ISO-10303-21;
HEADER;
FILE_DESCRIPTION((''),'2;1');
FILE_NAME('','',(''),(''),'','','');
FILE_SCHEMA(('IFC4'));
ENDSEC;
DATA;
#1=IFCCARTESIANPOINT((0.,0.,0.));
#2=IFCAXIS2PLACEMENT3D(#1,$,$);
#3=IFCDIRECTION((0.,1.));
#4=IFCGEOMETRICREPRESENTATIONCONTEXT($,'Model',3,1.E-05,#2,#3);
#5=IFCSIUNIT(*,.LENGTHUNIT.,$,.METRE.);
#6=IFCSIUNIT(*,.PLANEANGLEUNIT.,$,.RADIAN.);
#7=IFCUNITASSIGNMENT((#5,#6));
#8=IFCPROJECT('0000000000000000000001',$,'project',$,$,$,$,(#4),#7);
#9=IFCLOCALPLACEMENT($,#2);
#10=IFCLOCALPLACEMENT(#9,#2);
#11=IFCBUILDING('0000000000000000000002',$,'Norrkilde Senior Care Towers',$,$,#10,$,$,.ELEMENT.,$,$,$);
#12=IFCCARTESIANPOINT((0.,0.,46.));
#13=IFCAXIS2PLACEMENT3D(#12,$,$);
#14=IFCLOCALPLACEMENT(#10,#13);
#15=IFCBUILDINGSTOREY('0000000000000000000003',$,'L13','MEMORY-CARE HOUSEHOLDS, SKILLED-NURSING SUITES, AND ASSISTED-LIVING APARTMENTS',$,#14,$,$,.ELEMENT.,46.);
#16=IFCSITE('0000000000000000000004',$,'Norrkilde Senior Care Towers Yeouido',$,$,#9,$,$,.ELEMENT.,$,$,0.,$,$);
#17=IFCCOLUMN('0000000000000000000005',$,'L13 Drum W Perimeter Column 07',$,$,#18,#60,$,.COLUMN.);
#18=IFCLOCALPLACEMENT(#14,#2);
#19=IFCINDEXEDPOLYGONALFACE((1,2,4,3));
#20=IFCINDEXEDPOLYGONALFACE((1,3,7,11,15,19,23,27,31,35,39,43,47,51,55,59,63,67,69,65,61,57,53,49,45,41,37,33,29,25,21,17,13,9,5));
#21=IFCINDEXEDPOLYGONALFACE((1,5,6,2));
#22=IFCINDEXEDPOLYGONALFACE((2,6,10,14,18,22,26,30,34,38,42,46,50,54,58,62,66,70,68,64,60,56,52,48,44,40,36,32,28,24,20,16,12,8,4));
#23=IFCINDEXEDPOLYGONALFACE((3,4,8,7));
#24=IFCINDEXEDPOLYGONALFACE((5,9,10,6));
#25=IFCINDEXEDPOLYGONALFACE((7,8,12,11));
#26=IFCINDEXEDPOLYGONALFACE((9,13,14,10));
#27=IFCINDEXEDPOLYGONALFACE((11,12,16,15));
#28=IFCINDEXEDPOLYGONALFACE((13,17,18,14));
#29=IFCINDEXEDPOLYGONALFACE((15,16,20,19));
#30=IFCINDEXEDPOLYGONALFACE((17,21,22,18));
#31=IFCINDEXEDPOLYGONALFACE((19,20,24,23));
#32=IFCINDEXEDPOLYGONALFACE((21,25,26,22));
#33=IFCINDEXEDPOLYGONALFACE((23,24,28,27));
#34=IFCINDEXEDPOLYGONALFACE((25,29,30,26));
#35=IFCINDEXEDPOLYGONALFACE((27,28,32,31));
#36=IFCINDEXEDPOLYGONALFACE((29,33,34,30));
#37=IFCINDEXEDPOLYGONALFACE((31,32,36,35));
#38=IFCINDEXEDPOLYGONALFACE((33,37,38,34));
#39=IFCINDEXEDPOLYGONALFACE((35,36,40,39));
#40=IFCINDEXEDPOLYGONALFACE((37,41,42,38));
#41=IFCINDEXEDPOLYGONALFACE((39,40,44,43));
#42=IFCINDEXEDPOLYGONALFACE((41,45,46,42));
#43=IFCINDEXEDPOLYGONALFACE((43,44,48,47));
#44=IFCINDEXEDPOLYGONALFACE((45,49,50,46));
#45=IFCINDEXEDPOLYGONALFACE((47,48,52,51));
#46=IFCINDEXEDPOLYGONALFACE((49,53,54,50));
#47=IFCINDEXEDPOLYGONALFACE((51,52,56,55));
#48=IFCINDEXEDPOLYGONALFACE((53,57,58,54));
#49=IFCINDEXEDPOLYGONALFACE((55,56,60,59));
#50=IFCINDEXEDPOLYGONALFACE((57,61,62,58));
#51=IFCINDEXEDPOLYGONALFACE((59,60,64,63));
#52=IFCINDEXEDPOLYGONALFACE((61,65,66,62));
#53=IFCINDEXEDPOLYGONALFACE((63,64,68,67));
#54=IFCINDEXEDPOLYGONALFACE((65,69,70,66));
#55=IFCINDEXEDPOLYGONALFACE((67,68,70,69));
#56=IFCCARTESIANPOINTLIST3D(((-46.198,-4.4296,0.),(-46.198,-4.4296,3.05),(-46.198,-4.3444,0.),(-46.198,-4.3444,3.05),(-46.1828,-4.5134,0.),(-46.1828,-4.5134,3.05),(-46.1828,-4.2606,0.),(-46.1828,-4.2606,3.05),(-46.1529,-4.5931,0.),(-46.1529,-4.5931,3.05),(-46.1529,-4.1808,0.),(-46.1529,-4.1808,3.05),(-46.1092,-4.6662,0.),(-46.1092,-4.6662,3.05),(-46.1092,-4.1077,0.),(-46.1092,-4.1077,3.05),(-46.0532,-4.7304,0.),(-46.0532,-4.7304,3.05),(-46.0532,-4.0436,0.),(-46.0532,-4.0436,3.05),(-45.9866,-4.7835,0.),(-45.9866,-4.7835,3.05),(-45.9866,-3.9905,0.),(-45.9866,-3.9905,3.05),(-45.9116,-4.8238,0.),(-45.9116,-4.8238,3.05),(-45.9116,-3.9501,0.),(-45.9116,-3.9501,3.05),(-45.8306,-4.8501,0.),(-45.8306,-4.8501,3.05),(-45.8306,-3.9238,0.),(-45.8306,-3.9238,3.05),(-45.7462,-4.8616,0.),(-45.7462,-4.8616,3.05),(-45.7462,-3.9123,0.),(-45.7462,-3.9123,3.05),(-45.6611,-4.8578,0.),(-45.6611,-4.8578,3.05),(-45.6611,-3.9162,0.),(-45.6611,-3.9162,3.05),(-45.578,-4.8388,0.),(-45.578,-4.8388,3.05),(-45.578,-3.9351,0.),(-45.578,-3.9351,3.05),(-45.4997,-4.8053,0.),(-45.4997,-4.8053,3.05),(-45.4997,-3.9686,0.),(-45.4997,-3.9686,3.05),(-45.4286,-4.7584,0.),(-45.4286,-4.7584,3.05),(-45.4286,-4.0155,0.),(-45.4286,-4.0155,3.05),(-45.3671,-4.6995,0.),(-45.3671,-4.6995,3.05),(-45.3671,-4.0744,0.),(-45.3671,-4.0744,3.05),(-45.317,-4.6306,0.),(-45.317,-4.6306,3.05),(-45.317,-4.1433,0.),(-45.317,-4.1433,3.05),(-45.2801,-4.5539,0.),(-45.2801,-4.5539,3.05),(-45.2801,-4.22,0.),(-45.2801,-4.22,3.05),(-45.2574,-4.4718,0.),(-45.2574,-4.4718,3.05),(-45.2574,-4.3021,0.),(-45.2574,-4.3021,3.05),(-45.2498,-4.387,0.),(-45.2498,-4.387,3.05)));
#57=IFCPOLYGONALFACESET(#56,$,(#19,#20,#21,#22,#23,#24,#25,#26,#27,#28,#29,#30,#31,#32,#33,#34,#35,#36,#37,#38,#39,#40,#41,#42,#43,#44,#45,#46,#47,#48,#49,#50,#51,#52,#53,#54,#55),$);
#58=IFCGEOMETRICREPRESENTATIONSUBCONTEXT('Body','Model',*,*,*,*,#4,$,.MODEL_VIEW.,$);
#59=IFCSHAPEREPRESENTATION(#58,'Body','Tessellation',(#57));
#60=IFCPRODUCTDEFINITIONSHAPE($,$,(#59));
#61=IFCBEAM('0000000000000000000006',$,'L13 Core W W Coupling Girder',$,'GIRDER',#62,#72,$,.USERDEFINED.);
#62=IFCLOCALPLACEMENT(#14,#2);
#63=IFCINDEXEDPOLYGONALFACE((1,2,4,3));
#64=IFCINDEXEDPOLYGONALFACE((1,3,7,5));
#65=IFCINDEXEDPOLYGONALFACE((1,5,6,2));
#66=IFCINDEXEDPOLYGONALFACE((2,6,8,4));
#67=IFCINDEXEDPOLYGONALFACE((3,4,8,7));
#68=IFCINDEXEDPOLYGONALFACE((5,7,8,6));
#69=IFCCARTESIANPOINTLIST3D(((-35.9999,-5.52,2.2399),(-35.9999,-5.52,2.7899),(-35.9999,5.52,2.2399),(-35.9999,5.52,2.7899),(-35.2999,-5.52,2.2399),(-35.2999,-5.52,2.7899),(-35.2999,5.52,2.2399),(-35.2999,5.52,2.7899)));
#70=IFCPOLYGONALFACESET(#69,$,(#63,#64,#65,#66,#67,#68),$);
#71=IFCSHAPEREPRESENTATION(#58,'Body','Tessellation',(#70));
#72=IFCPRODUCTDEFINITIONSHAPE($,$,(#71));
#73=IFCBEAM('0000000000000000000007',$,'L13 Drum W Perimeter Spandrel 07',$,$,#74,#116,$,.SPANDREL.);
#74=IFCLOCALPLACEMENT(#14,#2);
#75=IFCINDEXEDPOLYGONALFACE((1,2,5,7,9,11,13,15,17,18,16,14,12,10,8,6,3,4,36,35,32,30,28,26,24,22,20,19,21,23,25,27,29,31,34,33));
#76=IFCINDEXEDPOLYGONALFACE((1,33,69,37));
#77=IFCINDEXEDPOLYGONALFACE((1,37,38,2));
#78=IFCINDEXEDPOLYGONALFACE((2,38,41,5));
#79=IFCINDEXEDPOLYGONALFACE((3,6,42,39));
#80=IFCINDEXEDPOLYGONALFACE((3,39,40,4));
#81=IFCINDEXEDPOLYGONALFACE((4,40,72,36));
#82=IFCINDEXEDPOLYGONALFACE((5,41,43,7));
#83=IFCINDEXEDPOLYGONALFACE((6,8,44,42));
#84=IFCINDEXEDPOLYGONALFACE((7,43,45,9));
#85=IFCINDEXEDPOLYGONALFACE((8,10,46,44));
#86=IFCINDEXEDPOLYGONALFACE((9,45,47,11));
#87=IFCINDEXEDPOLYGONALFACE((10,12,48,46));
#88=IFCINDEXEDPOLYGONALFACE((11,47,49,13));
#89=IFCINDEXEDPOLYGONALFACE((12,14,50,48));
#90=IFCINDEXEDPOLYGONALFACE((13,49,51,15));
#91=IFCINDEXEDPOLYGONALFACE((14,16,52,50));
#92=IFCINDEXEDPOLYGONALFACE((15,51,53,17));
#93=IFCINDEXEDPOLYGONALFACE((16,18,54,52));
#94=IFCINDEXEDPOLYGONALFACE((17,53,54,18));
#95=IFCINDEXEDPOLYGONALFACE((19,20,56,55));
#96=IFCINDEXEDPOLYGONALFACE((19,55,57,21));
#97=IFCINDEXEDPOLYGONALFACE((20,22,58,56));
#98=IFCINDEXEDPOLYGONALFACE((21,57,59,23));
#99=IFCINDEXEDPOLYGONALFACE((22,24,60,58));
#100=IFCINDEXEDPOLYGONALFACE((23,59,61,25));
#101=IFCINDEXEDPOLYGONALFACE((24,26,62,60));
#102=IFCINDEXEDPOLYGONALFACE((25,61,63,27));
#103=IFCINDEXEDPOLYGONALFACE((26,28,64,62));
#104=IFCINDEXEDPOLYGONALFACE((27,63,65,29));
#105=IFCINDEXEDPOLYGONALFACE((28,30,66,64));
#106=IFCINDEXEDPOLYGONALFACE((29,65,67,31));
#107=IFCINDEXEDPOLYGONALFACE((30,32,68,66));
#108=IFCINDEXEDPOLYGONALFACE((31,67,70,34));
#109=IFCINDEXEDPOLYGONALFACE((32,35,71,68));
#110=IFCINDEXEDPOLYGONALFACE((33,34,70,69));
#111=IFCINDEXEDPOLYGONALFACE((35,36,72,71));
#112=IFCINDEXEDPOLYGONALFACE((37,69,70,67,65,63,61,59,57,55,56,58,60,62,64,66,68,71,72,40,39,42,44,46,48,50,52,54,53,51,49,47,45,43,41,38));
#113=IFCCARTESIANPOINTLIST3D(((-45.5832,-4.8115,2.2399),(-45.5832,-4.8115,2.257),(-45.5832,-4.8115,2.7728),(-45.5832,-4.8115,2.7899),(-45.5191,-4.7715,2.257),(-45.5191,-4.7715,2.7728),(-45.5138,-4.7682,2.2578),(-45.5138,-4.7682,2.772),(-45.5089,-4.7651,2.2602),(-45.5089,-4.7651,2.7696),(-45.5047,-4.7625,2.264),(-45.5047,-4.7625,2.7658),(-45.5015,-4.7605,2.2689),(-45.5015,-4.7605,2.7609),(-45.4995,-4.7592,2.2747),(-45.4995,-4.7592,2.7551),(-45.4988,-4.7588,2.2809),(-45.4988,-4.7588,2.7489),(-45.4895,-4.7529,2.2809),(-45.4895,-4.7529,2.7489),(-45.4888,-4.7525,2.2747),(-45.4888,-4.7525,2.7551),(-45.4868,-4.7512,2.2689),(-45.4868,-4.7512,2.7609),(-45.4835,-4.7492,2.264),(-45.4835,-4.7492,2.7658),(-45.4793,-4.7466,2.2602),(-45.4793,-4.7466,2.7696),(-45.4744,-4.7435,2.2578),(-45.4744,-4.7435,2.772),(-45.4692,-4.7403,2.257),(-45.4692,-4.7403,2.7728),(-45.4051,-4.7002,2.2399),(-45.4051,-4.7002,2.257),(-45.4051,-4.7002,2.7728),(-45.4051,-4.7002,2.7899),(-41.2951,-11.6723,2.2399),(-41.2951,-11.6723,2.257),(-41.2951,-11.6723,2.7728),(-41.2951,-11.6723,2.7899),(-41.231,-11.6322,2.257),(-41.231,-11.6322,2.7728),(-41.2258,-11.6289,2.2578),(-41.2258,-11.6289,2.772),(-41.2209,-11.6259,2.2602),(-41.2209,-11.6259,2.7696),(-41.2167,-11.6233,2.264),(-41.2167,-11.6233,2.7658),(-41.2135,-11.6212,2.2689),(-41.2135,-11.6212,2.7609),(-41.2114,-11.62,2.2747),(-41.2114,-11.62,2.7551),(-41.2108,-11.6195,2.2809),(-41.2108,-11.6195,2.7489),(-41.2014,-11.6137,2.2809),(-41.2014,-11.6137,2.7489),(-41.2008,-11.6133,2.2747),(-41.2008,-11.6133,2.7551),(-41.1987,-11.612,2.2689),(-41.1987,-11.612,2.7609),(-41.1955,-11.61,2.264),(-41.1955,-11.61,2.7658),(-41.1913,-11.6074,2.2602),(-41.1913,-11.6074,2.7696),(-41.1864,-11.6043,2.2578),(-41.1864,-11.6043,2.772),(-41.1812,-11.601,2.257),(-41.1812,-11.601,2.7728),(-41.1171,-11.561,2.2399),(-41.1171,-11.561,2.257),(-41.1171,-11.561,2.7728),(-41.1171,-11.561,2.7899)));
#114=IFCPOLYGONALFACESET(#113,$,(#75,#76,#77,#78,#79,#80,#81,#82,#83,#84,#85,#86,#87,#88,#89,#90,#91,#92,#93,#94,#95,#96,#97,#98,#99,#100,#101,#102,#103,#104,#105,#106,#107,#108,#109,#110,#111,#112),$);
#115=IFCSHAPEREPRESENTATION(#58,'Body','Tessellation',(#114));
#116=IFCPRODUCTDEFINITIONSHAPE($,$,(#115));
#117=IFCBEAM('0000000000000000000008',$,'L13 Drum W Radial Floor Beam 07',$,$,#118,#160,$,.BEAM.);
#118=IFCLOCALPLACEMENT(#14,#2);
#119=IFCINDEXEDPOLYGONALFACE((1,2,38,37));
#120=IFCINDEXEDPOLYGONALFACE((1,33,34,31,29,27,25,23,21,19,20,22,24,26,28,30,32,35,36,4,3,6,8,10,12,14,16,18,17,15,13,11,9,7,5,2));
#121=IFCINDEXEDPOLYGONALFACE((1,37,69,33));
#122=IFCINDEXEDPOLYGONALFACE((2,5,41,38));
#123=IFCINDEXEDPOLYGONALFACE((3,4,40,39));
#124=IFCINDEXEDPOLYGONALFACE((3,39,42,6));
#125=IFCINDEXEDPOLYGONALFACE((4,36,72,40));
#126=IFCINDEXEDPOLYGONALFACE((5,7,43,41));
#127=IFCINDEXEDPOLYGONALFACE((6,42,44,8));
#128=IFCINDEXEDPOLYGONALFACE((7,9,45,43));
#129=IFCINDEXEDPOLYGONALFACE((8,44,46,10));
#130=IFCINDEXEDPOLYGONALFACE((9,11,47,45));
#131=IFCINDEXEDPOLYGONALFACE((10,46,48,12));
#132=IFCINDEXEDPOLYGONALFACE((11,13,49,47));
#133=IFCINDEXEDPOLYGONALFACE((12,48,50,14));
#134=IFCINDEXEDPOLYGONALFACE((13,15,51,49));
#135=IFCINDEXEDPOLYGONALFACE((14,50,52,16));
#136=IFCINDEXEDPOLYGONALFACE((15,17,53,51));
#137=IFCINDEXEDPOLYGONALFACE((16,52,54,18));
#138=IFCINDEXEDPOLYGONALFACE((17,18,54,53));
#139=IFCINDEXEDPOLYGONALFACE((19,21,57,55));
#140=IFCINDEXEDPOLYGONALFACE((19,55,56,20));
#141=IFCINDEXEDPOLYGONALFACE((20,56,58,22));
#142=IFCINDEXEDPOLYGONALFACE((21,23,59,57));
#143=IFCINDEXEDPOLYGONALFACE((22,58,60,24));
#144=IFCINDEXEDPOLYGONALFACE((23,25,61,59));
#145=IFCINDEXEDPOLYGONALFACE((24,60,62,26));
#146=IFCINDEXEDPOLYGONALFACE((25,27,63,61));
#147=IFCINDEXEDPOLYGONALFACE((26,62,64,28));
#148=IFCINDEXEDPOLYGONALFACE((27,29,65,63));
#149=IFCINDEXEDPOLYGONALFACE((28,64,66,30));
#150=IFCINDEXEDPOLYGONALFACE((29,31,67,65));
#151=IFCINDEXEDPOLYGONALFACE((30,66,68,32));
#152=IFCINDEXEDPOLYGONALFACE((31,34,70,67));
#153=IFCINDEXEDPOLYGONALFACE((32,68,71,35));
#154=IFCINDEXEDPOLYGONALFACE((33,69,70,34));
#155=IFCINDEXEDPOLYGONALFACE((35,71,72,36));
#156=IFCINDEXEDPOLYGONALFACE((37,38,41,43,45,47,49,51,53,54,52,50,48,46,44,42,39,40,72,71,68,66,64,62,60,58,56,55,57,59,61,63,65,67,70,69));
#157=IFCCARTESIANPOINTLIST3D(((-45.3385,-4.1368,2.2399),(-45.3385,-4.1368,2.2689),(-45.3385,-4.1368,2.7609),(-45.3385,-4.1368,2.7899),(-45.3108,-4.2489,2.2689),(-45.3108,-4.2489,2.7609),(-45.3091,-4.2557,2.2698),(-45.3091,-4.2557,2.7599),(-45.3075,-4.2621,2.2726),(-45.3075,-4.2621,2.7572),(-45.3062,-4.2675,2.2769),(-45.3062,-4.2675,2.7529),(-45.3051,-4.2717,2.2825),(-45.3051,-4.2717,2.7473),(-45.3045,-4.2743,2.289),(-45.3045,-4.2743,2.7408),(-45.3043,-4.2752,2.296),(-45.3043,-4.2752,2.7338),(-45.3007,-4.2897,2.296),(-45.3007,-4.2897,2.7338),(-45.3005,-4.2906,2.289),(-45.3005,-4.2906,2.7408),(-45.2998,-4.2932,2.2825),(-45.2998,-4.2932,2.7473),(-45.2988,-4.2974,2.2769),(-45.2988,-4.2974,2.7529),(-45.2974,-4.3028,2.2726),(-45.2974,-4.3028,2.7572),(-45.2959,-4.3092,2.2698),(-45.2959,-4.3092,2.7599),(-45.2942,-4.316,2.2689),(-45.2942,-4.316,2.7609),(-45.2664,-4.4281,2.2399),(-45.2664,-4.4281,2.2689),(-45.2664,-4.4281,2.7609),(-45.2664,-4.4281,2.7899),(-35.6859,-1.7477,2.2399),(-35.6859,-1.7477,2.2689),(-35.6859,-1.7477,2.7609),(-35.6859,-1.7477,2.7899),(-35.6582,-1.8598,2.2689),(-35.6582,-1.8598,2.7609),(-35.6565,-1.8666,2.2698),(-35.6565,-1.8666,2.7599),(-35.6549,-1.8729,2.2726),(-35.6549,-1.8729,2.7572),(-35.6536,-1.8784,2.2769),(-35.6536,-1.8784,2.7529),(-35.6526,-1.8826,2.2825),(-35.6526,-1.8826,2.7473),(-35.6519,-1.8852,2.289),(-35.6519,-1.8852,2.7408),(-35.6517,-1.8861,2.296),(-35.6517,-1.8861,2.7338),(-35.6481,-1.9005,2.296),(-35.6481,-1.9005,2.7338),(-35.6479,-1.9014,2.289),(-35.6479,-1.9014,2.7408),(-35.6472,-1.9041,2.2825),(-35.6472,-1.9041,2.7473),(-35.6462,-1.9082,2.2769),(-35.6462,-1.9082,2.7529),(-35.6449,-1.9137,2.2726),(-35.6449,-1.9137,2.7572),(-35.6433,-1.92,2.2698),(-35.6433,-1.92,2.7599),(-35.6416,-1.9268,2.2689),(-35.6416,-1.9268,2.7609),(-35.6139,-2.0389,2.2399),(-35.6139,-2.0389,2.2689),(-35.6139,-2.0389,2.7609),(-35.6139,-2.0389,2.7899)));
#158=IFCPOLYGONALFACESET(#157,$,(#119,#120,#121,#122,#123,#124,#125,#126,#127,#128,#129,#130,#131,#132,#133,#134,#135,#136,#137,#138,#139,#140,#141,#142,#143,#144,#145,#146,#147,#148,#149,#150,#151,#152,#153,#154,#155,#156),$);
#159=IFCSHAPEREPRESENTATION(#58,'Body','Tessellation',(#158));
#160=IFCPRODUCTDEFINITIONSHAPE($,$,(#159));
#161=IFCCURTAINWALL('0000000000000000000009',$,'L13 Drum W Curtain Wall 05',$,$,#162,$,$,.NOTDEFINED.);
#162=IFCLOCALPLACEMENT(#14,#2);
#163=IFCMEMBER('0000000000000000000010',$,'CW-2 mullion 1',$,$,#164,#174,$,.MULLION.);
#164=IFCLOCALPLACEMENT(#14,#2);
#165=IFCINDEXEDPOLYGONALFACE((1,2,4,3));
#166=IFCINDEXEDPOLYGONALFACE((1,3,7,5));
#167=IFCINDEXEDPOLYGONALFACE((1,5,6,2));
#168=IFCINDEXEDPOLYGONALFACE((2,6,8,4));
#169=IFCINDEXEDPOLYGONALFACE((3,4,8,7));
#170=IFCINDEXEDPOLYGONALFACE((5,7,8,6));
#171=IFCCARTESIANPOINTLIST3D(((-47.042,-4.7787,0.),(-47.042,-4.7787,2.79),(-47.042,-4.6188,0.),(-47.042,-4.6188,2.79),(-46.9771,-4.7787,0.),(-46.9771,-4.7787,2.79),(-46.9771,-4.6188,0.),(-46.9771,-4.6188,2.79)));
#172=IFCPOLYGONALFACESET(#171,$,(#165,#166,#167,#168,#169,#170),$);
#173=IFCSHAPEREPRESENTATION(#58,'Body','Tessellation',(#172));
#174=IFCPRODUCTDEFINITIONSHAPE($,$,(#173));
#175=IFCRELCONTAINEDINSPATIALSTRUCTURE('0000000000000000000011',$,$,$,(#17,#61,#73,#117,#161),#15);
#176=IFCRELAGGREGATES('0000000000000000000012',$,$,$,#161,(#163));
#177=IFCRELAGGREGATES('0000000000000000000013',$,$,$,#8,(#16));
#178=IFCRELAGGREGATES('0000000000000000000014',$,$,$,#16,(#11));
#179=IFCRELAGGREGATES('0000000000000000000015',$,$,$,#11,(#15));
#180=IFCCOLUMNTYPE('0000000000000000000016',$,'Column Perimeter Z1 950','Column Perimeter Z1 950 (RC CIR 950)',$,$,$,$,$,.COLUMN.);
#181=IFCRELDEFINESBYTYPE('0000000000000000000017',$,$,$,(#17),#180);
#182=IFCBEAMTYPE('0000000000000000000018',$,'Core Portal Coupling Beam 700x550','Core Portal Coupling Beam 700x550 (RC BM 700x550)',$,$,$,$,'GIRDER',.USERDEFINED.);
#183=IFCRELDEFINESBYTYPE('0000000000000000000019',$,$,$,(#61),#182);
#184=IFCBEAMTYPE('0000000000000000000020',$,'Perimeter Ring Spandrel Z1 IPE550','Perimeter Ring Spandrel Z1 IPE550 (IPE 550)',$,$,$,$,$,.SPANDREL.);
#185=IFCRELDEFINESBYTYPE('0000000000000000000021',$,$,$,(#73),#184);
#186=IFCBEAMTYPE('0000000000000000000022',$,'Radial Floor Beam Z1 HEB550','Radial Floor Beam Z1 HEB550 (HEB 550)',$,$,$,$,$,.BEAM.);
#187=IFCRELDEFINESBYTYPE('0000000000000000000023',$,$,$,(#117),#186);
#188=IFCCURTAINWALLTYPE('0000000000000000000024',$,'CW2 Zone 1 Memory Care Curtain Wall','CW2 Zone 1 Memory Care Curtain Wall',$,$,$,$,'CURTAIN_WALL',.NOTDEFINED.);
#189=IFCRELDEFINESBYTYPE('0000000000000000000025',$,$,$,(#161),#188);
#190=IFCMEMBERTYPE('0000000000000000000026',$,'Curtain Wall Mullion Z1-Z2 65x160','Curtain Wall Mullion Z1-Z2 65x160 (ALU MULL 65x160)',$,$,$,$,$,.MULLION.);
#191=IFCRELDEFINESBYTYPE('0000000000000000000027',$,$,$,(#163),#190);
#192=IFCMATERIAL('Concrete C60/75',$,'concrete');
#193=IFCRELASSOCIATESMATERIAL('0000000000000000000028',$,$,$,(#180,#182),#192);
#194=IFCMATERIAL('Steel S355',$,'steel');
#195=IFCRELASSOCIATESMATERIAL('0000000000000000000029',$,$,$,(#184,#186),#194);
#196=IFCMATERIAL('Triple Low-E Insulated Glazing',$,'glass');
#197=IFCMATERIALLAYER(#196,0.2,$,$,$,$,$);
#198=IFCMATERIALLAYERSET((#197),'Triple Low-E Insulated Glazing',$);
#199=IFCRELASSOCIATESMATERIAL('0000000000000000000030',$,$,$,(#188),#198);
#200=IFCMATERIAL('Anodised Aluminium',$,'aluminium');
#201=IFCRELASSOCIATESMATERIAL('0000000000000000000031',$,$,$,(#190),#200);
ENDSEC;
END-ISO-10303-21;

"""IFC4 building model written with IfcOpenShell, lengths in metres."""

from ifc_helpers import new_model, si_unit, direction, frame, origin, origin_2d, place, context, subcontext, project, spatial, rectangle, circle, i_section, extrude, source, transform, mapped, material, layer, layer_set, material_profile, profile_set, type_object, type_shapes, element, aggregate, save


model = new_model("IFC4")

# Units and contexts
model_context = context("Model", 3, precision=1e-05, world=origin(), true_north=direction((0.0, 1.0)))
body_context = subcontext(model_context, "Body", "Model", "MODEL_VIEW")
ifc_project = project(units=[si_unit("LENGTHUNIT", "METRE"), si_unit("PLANEANGLEUNIT", "RADIAN")], contexts=[model_context])

# Site, building, storey
site_placement = place(None, origin())
site = spatial("IfcSite", under=ifc_project, at=site_placement, Name="Norrkilde Senior Care Towers Yeouido", CompositionType="ELEMENT", RefElevation=0.0)
building_placement = place(site_placement, origin())
building = spatial("IfcBuilding", under=site, at=building_placement, Name="Norrkilde Senior Care Towers", CompositionType="ELEMENT")
storey_placement = place(building_placement, frame((0.0, 0.0, 46.0)))
storey = spatial("IfcBuildingStorey", under=building, at=storey_placement, Name="L13", Description="MEMORY-CARE HOUSEHOLDS, SKILLED-NURSING SUITES, AND ASSISTED-LIVING APARTMENTS", CompositionType="ELEMENT", Elevation=46.0)

# Column
ifc_material_1 = material(Name="Concrete C60/75", Category="concrete")
ifc_material_profile_1 = material_profile(ifc_material_1, circle(Radius=0.4751, at=origin_2d()), Name="RC CIR 950")
ifc_profile_set_1 = profile_set([ifc_material_profile_1], Name="Concrete C60/75")
column_type = type_object("IfcColumnType", Name="Column Perimeter Z1 950", Description="Column Perimeter Z1 950 (RC CIR 950)", PredefinedType="COLUMN", material=ifc_profile_set_1)
shared_shape_1 = source(origin(), body_context, "Body", "SweptSolid", [
    extrude(circle(Radius=0.4751, at=origin_2d()), origin(), (0.0, 0.0, 1.0), 3.05),
])
type_shapes(column_type, [shared_shape_1])
column_placement = place(storey_placement, frame((-45.7249, -4.387, 0.0), z_axis=(0.0, 0.0, 1.0), x_axis=(1.0, 0.0, 0.0)))
element("IfcColumn", 1, at=column_placement, inside=storey, type_object=column_type, Name="L13 Drum W Perimeter Column 07", PredefinedType="COLUMN", context=body_context, shape_type="MappedRepresentation", body=[
    mapped(shared_shape_1, transform((0.0, 0.0, 0.0), x_axis=(1.0, 0.0, 0.0), y_axis=(0.0, 1.0, 0.0), z_axis=(0.0, 0.0, 1.0), scale=1.0)),
])

# Beams
ifc_material_profile_2 = material_profile(ifc_material_1, rectangle(XDim=0.7, YDim=0.55, at=origin_2d()), Name="RC BM 700x550")
ifc_profile_set_2 = profile_set([ifc_material_profile_2], Name="Concrete C60/75")
beam_type_1 = type_object("IfcBeamType", Name="Core Portal Coupling Beam 700x550", Description="Core Portal Coupling Beam 700x550 (RC BM 700x550)", ElementType="GIRDER", PredefinedType="USERDEFINED", material=ifc_profile_set_2)
shared_shape_2 = source(origin(), body_context, "Body", "SweptSolid", [
    extrude(rectangle(XDim=0.7, YDim=0.55, at=origin_2d()), origin(), (0.0, 0.0, 1.0), 11.04),
])
type_shapes(beam_type_1, [shared_shape_2])
beam_1_placement = place(storey_placement, frame((-35.6499, -5.52, 2.5149), z_axis=(0.0, 1.0, 0.0), x_axis=(-1.0, 0.0, 0.0)))
element("IfcBeam", 2, at=beam_1_placement, inside=storey, type_object=beam_type_1, Name="L13 Core W W Coupling Girder", ObjectType="GIRDER", PredefinedType="USERDEFINED", context=body_context, shape_type="MappedRepresentation", body=[
    mapped(shared_shape_2, transform((0.0, 0.0, 0.0), x_axis=(1.0, 0.0, 0.0), y_axis=(0.0, 1.0, 0.0), z_axis=(0.0, 0.0, 1.0), scale=1.0)),
])
ifc_material_2 = material(Name="Steel S355", Category="steel")
ifc_material_profile_3 = material_profile(ifc_material_2, i_section(OverallWidth=0.21, OverallDepth=0.55, WebThickness=0.011, FlangeThickness=0.0171, FilletRadius=0.0239, at=origin_2d()), Name="IPE 550")
ifc_profile_set_3 = profile_set([ifc_material_profile_3], Name="Steel S355")
beam_type_2 = type_object("IfcBeamType", Name="Perimeter Ring Spandrel Z1 IPE550", Description="Perimeter Ring Spandrel Z1 IPE550 (IPE 550)", PredefinedType="SPANDREL", material=ifc_profile_set_3)
shared_shape_3 = source(origin(), body_context, "Body", "SweptSolid", [
    extrude(i_section(OverallWidth=0.21, OverallDepth=0.55, WebThickness=0.011, FlangeThickness=0.0171, FilletRadius=0.0239, at=origin_2d()), origin(), (0.0, 0.0, 1.0), 8.0906),
])
type_shapes(beam_type_2, [shared_shape_3])
beam_2_placement = place(storey_placement, frame((-45.4941, -4.7559, 2.5149), z_axis=(0.530004, -0.847995, 0.0), x_axis=(0.847995, 0.530004, 0.0)))
element("IfcBeam", 3, at=beam_2_placement, inside=storey, type_object=beam_type_2, Name="L13 Drum W Perimeter Spandrel 07", PredefinedType="SPANDREL", context=body_context, shape_type="MappedRepresentation", body=[
    mapped(shared_shape_3, transform((0.0, 0.0, 0.0), x_axis=(1.0, 0.0, 0.0), y_axis=(0.0, 1.0, 0.0), z_axis=(0.0, 0.0, 1.0), scale=1.0)),
])
ifc_material_profile_4 = material_profile(ifc_material_2, i_section(OverallWidth=0.3, OverallDepth=0.55, WebThickness=0.0149, FlangeThickness=0.0291, FilletRadius=0.0271, at=origin_2d()), Name="HEB 550")
ifc_profile_set_4 = profile_set([ifc_material_profile_4], Name="Steel S355")
beam_type_3 = type_object("IfcBeamType", Name="Radial Floor Beam Z1 HEB550", Description="Radial Floor Beam Z1 HEB550 (HEB 550)", PredefinedType="BEAM", material=ifc_profile_set_4)
shared_shape_4 = source(origin(), body_context, "Body", "SweptSolid", [
    extrude(i_section(OverallWidth=0.3, OverallDepth=0.55, WebThickness=0.0149, FlangeThickness=0.0291, FilletRadius=0.0271, at=origin_2d()), origin(), (0.0, 0.0, 1.0), 9.9438),
])
type_shapes(beam_type_3, [shared_shape_4])
beam_3_placement = place(storey_placement, frame((-35.6499, -1.8933, 2.5149), z_axis=(-0.970707, -0.240265, 0.0), x_axis=(0.240265, -0.970707, 0.0)))
element("IfcBeam", 4, at=beam_3_placement, inside=storey, type_object=beam_type_3, Name="L13 Drum W Radial Floor Beam 07", PredefinedType="BEAM", context=body_context, shape_type="MappedRepresentation", body=[
    mapped(shared_shape_4, transform((0.0, 0.0, 0.0), x_axis=(1.0, 0.0, 0.0), y_axis=(0.0, 1.0, 0.0), z_axis=(0.0, 0.0, 1.0), scale=1.0)),
])

# Curtain wall, member
ifc_material_3 = material(Name="Triple Low-E Insulated Glazing", Category="glass")
ifc_layer_1 = layer(ifc_material_3, 0.2)
ifc_layer_set_1 = layer_set([ifc_layer_1], Name="Triple Low-E Insulated Glazing")
curtain_wall_type = type_object("IfcCurtainWallType", Name="CW2 Zone 1 Memory Care Curtain Wall", Description="CW2 Zone 1 Memory Care Curtain Wall", ElementType="CURTAIN_WALL", PredefinedType="NOTDEFINED", material=ifc_layer_set_1)
curtain_wall_1_placement = place(storey_placement, origin())
curtain_wall_1 = element("IfcCurtainWall", 5, at=curtain_wall_1_placement, inside=storey, type_object=curtain_wall_type, Name="L13 Drum W Curtain Wall 05", PredefinedType="NOTDEFINED")
ifc_material_4 = material(Name="Anodised Aluminium", Category="aluminium")
ifc_material_profile_5 = material_profile(ifc_material_4, rectangle(XDim=0.0649, YDim=0.1599, at=origin_2d()), Name="ALU MULL 65x160")
ifc_profile_set_5 = profile_set([ifc_material_profile_5], Name="Anodised Aluminium")
member_type_1 = type_object("IfcMemberType", Name="Curtain Wall Mullion Z1-Z2 65x160", Description="Curtain Wall Mullion Z1-Z2 65x160 (ALU MULL 65x160)", PredefinedType="MULLION", material=ifc_profile_set_5)
shared_shape_5 = source(origin(), body_context, "Body", "SweptSolid", [
    extrude(rectangle(XDim=0.0649, YDim=0.1599, at=origin_2d()), origin(), (0.0, 0.0, 1.0), 2.79),
])
type_shapes(member_type_1, [shared_shape_5])
member_1_placement = place(storey_placement, frame((-47.0095, -4.6987, 0.0), z_axis=(0.0, 0.0, 1.0), x_axis=(-1.0, 0.0, 0.0)))
member_1 = element("IfcMember", 6, at=member_1_placement, type_object=member_type_1, Name="CW-2 mullion 1", PredefinedType="MULLION", context=body_context, shape_type="MappedRepresentation", body=[
    mapped(shared_shape_5, transform((0.0, 0.0, 0.0), x_axis=(1.0, 0.0, 0.0), y_axis=(0.0, 1.0, 0.0), z_axis=(0.0, 0.0, 1.0), scale=1.0)),
])

aggregate(curtain_wall_1, [member_1])

save(model, "model.ifc")
